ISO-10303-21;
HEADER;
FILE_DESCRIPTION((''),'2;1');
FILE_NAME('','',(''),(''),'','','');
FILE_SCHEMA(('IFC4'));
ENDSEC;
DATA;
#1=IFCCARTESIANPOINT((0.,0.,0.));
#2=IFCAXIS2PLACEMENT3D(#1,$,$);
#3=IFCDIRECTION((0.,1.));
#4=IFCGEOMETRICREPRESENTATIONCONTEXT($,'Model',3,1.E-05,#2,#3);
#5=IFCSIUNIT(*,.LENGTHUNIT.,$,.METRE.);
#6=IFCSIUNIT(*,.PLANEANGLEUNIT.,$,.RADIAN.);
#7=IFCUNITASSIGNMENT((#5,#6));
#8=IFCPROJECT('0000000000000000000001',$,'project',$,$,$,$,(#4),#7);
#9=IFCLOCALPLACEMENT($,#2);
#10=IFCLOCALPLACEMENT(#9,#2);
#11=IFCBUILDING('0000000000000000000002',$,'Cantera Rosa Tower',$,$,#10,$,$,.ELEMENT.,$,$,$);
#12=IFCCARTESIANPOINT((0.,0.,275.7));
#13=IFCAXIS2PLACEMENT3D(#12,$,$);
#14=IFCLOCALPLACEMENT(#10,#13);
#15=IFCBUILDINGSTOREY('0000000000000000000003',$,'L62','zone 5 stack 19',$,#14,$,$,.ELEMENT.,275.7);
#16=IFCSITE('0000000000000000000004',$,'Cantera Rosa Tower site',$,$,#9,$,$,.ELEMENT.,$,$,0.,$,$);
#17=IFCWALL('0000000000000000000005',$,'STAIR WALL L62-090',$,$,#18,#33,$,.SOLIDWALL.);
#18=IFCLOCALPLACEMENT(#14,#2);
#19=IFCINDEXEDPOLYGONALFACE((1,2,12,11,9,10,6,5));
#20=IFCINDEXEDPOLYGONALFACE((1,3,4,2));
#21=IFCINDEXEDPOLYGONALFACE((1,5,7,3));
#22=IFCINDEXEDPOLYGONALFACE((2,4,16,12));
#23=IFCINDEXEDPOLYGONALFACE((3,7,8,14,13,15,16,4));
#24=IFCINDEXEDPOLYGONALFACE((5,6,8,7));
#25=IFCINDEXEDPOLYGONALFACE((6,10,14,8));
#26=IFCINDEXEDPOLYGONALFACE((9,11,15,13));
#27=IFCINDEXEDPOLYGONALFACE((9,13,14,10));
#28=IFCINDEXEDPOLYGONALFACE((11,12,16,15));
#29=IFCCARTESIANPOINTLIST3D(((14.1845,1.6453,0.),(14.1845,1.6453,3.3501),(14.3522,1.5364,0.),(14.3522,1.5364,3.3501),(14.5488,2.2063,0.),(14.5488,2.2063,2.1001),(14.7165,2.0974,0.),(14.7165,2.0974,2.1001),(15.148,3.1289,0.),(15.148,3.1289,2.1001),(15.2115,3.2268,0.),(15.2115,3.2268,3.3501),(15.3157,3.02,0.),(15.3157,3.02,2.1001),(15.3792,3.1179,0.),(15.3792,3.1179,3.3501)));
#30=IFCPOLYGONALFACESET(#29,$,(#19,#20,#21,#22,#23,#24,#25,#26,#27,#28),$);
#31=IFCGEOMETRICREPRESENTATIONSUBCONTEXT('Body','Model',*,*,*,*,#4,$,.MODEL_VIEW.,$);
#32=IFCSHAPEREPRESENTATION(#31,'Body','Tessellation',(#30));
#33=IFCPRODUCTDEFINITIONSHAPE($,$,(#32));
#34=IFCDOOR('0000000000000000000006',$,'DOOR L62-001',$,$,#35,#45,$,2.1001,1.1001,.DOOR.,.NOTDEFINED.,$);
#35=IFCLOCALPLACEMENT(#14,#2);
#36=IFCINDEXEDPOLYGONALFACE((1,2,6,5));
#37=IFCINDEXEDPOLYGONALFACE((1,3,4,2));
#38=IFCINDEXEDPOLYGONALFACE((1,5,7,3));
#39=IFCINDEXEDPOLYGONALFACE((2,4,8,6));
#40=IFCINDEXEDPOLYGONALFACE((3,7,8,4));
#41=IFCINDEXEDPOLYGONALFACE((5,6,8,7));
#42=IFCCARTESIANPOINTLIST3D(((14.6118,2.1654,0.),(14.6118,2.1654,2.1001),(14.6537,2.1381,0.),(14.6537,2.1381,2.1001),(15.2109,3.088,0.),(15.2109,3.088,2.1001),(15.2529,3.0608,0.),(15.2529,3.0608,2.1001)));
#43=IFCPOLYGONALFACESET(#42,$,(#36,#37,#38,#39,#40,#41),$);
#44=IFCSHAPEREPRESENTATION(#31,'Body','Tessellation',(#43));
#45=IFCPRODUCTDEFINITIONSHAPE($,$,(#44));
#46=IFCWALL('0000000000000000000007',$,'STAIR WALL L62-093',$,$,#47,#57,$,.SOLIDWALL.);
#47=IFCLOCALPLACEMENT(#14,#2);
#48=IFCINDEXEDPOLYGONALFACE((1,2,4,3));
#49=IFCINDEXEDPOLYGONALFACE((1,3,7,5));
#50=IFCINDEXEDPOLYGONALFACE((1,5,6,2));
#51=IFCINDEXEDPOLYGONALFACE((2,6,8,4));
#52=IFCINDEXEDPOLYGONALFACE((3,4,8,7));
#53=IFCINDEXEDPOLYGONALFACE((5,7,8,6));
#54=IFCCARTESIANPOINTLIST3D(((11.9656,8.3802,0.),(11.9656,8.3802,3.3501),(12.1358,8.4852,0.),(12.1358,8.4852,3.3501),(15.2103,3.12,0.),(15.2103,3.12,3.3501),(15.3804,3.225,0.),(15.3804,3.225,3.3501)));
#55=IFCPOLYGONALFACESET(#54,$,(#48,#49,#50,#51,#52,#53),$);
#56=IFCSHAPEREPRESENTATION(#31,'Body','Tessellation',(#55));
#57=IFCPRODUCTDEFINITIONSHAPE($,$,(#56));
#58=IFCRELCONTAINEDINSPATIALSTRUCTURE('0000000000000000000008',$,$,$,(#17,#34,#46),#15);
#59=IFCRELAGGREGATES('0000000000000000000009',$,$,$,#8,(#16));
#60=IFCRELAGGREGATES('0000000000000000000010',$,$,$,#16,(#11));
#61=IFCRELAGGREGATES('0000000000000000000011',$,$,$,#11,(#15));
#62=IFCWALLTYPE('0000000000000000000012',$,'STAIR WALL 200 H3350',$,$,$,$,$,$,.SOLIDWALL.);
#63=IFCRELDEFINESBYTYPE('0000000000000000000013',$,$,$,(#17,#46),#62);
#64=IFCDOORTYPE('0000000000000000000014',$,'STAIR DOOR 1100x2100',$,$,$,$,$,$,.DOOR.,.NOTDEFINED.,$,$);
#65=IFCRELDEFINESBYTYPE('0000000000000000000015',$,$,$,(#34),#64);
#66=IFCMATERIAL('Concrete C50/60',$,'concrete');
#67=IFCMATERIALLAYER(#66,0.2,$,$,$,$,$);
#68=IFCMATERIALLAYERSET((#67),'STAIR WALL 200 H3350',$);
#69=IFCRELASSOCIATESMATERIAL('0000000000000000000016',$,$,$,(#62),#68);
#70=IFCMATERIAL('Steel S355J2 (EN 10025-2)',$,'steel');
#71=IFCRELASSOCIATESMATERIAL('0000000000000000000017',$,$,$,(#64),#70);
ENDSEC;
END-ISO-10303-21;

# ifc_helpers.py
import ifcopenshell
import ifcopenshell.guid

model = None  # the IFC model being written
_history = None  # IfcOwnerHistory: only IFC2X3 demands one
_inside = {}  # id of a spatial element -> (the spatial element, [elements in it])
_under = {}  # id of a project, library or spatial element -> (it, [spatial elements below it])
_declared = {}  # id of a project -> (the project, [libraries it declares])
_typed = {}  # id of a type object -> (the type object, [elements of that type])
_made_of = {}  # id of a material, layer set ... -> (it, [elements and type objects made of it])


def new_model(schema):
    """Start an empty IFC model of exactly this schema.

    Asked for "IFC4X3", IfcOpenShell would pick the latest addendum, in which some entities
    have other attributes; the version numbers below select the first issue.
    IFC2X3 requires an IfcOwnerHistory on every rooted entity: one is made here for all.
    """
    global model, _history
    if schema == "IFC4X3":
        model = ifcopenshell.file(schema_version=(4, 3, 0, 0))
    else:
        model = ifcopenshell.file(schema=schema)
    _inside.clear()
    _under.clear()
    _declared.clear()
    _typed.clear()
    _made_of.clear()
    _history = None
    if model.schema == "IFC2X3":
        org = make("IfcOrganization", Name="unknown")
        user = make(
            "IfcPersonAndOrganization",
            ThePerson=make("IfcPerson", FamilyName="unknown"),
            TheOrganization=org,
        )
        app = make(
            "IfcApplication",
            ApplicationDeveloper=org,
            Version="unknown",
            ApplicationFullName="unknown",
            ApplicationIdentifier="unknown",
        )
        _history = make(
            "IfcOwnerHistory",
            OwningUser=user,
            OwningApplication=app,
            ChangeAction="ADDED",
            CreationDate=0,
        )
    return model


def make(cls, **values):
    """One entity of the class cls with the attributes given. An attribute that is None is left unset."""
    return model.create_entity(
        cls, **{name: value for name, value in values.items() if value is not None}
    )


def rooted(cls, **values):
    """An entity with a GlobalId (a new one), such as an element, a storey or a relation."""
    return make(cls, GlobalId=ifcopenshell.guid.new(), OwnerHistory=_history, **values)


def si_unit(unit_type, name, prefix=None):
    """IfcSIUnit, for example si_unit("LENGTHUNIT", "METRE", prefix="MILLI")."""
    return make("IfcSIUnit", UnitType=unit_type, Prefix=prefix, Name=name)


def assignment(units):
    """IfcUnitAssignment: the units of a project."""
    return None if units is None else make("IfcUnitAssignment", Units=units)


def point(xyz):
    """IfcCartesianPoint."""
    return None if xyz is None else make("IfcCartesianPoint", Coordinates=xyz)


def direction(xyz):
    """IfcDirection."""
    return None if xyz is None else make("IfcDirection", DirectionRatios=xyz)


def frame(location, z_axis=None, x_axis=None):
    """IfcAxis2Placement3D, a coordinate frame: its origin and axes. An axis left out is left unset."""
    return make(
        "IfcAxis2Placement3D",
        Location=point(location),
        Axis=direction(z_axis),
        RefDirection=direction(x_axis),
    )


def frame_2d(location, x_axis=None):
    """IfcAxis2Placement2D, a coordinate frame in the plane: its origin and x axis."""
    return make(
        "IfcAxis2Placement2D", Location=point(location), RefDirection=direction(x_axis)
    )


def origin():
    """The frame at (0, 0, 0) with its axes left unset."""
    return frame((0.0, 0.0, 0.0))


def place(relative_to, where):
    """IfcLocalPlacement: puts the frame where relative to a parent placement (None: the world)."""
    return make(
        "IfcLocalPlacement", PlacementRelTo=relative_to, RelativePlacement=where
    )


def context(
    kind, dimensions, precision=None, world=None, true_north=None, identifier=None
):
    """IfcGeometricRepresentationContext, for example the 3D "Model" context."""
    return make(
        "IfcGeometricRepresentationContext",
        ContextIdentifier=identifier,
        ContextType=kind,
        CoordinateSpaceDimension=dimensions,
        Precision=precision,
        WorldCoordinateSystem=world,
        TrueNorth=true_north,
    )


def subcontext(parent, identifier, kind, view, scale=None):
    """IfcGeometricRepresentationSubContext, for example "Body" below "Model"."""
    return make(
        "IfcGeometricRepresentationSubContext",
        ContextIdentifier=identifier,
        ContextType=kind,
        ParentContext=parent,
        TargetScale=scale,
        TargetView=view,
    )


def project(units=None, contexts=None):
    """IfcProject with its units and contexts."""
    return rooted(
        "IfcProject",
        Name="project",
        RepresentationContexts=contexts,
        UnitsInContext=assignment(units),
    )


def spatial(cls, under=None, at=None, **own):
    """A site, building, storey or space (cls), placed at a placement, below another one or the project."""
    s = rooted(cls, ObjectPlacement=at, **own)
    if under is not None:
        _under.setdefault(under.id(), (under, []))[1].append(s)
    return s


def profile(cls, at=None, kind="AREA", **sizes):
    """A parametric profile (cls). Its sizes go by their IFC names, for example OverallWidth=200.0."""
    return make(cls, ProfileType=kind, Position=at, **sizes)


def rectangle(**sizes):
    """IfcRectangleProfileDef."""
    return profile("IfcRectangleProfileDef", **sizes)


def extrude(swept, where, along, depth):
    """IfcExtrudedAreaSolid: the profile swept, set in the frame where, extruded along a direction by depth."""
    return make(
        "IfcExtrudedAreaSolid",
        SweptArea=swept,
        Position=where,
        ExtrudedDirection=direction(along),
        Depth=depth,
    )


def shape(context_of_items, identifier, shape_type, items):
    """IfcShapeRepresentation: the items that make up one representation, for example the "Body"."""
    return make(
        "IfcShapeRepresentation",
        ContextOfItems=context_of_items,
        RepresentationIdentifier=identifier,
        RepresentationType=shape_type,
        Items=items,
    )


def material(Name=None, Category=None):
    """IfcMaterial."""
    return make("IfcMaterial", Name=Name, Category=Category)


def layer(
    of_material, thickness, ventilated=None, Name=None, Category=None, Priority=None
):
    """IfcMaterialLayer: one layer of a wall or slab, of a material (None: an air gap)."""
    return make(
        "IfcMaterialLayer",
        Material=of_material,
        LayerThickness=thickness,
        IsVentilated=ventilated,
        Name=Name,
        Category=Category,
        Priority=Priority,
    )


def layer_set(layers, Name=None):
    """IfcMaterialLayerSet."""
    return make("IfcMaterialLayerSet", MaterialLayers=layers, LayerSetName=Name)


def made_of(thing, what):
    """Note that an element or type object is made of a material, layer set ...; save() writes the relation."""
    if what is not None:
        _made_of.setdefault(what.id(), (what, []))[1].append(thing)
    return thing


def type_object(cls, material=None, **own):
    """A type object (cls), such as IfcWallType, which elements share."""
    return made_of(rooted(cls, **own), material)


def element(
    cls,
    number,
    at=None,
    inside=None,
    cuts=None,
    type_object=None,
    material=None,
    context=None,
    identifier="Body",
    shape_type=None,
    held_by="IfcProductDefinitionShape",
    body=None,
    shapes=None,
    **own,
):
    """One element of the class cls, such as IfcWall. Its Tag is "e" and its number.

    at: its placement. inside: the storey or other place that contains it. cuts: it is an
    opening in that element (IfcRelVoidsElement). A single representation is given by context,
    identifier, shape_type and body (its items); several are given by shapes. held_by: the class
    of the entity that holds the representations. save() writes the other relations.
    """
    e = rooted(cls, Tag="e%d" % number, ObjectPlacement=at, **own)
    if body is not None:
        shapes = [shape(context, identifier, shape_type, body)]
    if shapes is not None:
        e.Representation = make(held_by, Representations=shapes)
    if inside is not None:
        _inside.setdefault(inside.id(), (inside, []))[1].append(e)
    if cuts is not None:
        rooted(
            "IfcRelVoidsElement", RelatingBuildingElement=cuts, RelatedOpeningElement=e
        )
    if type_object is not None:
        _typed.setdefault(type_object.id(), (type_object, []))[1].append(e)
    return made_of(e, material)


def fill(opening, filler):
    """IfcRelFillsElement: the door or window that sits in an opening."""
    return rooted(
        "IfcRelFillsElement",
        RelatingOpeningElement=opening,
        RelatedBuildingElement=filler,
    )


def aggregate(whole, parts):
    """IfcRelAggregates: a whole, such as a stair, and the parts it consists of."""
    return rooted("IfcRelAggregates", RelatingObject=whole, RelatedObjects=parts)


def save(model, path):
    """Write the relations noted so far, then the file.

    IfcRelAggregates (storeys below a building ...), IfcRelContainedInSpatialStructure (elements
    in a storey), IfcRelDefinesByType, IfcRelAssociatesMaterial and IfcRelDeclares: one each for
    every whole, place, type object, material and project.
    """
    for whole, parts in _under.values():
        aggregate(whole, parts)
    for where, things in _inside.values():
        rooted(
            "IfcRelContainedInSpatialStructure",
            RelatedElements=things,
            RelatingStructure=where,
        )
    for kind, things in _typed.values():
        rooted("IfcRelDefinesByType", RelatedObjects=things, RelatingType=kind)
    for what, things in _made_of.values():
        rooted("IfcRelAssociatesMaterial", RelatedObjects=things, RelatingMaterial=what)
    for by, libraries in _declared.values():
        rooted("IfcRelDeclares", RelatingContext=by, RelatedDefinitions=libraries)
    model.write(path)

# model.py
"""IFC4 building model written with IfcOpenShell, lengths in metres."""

from ifc_helpers import new_model, si_unit, direction, frame, frame_2d, origin, place, context, subcontext, project, spatial, rectangle, extrude, material, layer, layer_set, type_object, element, fill, save


model = new_model("IFC4")

# Units and contexts
model_context = context("Model", 3, precision=1e-05, world=origin(), true_north=direction((0.0, 1.0)))
body_context = subcontext(model_context, "Body", "Model", "MODEL_VIEW")
ifc_project = project(units=[si_unit("LENGTHUNIT", "METRE"), si_unit("PLANEANGLEUNIT", "RADIAN")], contexts=[model_context])

# Site, building, storey
site_placement = place(None, origin())
site = spatial("IfcSite", under=ifc_project, at=site_placement, Name="Cantera Rosa Tower site", CompositionType="ELEMENT", RefElevation=0.0)
building_placement = place(site_placement, origin())
building = spatial("IfcBuilding", under=site, at=building_placement, Name="Cantera Rosa Tower", CompositionType="ELEMENT")
storey_placement = place(building_placement, frame((0.0, 0.0, 275.7)))
storey = spatial("IfcBuildingStorey", under=building, at=storey_placement, Name="L62", Description="zone 5 stack 19", CompositionType="ELEMENT", Elevation=275.7)

# Wall, opening, door
ifc_material_1 = material(Name="Concrete C50/60", Category="concrete")
ifc_layer_1 = layer(ifc_material_1, 0.2)
ifc_layer_set_1 = layer_set([ifc_layer_1], Name="STAIR WALL 200 H3350")
wall_type_1 = type_object("IfcWallType", Name="STAIR WALL 200 H3350", PredefinedType="SOLIDWALL", material=ifc_layer_set_1)
wall_1_placement = place(storey_placement, frame((14.2683, 1.5908, 0.0), z_axis=(0.0, 0.0, 1.0), x_axis=(0.544652, 0.838662, 0.0)))
wall_1 = element("IfcWall", 1, at=wall_1_placement, inside=storey, type_object=wall_type_1, Name="STAIR WALL L62-090", PredefinedType="SOLIDWALL", context=body_context, shape_type="SweptSolid", body=[
    extrude(rectangle(XDim=1.8857, YDim=0.2, at=frame_2d((0.9429, 0.0))), origin(), (0.0, 0.0, 1.0), 3.3501),
])
opening_1_placement = place(wall_1_placement, frame((0.6689, 0.0, 0.0)))
opening_1 = element("IfcOpeningElement", 2, at=opening_1_placement, cuts=wall_1, PredefinedType="OPENING", context=body_context, shape_type="SweptSolid", body=[
    extrude(rectangle(XDim=1.1001, YDim=2.1001, at=frame_2d((0.55, 1.05))), frame((0.0, 0.1099, 0.0), z_axis=(0.0, -1.0, 0.0), x_axis=(1.0, 0.0, 0.0)), (0.0, 0.0, 1.0), 0.22),
])
ifc_material_2 = material(Name="Steel S355J2 (EN 10025-2)", Category="steel")
door_type_1 = type_object("IfcDoorType", Name="STAIR DOOR 1100x2100", OperationType="NOTDEFINED", PredefinedType="DOOR", material=ifc_material_2)
door_1_placement = place(opening_1_placement, origin())
door_1 = element("IfcDoor", 3, at=door_1_placement, inside=storey, type_object=door_type_1, Name="DOOR L62-001", OperationType="NOTDEFINED", OverallHeight=2.1001, OverallWidth=1.1001, PredefinedType="DOOR", context=body_context, shape_type="SweptSolid", body=[
    extrude(rectangle(XDim=1.1001, YDim=2.1001, at=frame_2d((0.55, 1.05))), frame((0.0, 0.0249, 0.0), z_axis=(0.0, -1.0, 0.0), x_axis=(1.0, 0.0, 0.0)), (0.0, 0.0, 1.0), 0.05),
])
fill(opening_1, door_1)

# Wall
wall_2_placement = place(storey_placement, frame((15.2954, 3.1724, 0.0), z_axis=(0.0, 0.0, 1.0), x_axis=(-0.524983, 0.851113, 0.0)))
element("IfcWall", 4, at=wall_2_placement, inside=storey, type_object=wall_type_1, Name="STAIR WALL L62-093", PredefinedType="SOLIDWALL", context=body_context, shape_type="SweptSolid", body=[
    extrude(rectangle(XDim=6.1804, YDim=0.2, at=frame_2d((3.0903, 0.0))), origin(), (0.0, 0.0, 1.0), 3.3501),
])

save(model, "model.ifc")
